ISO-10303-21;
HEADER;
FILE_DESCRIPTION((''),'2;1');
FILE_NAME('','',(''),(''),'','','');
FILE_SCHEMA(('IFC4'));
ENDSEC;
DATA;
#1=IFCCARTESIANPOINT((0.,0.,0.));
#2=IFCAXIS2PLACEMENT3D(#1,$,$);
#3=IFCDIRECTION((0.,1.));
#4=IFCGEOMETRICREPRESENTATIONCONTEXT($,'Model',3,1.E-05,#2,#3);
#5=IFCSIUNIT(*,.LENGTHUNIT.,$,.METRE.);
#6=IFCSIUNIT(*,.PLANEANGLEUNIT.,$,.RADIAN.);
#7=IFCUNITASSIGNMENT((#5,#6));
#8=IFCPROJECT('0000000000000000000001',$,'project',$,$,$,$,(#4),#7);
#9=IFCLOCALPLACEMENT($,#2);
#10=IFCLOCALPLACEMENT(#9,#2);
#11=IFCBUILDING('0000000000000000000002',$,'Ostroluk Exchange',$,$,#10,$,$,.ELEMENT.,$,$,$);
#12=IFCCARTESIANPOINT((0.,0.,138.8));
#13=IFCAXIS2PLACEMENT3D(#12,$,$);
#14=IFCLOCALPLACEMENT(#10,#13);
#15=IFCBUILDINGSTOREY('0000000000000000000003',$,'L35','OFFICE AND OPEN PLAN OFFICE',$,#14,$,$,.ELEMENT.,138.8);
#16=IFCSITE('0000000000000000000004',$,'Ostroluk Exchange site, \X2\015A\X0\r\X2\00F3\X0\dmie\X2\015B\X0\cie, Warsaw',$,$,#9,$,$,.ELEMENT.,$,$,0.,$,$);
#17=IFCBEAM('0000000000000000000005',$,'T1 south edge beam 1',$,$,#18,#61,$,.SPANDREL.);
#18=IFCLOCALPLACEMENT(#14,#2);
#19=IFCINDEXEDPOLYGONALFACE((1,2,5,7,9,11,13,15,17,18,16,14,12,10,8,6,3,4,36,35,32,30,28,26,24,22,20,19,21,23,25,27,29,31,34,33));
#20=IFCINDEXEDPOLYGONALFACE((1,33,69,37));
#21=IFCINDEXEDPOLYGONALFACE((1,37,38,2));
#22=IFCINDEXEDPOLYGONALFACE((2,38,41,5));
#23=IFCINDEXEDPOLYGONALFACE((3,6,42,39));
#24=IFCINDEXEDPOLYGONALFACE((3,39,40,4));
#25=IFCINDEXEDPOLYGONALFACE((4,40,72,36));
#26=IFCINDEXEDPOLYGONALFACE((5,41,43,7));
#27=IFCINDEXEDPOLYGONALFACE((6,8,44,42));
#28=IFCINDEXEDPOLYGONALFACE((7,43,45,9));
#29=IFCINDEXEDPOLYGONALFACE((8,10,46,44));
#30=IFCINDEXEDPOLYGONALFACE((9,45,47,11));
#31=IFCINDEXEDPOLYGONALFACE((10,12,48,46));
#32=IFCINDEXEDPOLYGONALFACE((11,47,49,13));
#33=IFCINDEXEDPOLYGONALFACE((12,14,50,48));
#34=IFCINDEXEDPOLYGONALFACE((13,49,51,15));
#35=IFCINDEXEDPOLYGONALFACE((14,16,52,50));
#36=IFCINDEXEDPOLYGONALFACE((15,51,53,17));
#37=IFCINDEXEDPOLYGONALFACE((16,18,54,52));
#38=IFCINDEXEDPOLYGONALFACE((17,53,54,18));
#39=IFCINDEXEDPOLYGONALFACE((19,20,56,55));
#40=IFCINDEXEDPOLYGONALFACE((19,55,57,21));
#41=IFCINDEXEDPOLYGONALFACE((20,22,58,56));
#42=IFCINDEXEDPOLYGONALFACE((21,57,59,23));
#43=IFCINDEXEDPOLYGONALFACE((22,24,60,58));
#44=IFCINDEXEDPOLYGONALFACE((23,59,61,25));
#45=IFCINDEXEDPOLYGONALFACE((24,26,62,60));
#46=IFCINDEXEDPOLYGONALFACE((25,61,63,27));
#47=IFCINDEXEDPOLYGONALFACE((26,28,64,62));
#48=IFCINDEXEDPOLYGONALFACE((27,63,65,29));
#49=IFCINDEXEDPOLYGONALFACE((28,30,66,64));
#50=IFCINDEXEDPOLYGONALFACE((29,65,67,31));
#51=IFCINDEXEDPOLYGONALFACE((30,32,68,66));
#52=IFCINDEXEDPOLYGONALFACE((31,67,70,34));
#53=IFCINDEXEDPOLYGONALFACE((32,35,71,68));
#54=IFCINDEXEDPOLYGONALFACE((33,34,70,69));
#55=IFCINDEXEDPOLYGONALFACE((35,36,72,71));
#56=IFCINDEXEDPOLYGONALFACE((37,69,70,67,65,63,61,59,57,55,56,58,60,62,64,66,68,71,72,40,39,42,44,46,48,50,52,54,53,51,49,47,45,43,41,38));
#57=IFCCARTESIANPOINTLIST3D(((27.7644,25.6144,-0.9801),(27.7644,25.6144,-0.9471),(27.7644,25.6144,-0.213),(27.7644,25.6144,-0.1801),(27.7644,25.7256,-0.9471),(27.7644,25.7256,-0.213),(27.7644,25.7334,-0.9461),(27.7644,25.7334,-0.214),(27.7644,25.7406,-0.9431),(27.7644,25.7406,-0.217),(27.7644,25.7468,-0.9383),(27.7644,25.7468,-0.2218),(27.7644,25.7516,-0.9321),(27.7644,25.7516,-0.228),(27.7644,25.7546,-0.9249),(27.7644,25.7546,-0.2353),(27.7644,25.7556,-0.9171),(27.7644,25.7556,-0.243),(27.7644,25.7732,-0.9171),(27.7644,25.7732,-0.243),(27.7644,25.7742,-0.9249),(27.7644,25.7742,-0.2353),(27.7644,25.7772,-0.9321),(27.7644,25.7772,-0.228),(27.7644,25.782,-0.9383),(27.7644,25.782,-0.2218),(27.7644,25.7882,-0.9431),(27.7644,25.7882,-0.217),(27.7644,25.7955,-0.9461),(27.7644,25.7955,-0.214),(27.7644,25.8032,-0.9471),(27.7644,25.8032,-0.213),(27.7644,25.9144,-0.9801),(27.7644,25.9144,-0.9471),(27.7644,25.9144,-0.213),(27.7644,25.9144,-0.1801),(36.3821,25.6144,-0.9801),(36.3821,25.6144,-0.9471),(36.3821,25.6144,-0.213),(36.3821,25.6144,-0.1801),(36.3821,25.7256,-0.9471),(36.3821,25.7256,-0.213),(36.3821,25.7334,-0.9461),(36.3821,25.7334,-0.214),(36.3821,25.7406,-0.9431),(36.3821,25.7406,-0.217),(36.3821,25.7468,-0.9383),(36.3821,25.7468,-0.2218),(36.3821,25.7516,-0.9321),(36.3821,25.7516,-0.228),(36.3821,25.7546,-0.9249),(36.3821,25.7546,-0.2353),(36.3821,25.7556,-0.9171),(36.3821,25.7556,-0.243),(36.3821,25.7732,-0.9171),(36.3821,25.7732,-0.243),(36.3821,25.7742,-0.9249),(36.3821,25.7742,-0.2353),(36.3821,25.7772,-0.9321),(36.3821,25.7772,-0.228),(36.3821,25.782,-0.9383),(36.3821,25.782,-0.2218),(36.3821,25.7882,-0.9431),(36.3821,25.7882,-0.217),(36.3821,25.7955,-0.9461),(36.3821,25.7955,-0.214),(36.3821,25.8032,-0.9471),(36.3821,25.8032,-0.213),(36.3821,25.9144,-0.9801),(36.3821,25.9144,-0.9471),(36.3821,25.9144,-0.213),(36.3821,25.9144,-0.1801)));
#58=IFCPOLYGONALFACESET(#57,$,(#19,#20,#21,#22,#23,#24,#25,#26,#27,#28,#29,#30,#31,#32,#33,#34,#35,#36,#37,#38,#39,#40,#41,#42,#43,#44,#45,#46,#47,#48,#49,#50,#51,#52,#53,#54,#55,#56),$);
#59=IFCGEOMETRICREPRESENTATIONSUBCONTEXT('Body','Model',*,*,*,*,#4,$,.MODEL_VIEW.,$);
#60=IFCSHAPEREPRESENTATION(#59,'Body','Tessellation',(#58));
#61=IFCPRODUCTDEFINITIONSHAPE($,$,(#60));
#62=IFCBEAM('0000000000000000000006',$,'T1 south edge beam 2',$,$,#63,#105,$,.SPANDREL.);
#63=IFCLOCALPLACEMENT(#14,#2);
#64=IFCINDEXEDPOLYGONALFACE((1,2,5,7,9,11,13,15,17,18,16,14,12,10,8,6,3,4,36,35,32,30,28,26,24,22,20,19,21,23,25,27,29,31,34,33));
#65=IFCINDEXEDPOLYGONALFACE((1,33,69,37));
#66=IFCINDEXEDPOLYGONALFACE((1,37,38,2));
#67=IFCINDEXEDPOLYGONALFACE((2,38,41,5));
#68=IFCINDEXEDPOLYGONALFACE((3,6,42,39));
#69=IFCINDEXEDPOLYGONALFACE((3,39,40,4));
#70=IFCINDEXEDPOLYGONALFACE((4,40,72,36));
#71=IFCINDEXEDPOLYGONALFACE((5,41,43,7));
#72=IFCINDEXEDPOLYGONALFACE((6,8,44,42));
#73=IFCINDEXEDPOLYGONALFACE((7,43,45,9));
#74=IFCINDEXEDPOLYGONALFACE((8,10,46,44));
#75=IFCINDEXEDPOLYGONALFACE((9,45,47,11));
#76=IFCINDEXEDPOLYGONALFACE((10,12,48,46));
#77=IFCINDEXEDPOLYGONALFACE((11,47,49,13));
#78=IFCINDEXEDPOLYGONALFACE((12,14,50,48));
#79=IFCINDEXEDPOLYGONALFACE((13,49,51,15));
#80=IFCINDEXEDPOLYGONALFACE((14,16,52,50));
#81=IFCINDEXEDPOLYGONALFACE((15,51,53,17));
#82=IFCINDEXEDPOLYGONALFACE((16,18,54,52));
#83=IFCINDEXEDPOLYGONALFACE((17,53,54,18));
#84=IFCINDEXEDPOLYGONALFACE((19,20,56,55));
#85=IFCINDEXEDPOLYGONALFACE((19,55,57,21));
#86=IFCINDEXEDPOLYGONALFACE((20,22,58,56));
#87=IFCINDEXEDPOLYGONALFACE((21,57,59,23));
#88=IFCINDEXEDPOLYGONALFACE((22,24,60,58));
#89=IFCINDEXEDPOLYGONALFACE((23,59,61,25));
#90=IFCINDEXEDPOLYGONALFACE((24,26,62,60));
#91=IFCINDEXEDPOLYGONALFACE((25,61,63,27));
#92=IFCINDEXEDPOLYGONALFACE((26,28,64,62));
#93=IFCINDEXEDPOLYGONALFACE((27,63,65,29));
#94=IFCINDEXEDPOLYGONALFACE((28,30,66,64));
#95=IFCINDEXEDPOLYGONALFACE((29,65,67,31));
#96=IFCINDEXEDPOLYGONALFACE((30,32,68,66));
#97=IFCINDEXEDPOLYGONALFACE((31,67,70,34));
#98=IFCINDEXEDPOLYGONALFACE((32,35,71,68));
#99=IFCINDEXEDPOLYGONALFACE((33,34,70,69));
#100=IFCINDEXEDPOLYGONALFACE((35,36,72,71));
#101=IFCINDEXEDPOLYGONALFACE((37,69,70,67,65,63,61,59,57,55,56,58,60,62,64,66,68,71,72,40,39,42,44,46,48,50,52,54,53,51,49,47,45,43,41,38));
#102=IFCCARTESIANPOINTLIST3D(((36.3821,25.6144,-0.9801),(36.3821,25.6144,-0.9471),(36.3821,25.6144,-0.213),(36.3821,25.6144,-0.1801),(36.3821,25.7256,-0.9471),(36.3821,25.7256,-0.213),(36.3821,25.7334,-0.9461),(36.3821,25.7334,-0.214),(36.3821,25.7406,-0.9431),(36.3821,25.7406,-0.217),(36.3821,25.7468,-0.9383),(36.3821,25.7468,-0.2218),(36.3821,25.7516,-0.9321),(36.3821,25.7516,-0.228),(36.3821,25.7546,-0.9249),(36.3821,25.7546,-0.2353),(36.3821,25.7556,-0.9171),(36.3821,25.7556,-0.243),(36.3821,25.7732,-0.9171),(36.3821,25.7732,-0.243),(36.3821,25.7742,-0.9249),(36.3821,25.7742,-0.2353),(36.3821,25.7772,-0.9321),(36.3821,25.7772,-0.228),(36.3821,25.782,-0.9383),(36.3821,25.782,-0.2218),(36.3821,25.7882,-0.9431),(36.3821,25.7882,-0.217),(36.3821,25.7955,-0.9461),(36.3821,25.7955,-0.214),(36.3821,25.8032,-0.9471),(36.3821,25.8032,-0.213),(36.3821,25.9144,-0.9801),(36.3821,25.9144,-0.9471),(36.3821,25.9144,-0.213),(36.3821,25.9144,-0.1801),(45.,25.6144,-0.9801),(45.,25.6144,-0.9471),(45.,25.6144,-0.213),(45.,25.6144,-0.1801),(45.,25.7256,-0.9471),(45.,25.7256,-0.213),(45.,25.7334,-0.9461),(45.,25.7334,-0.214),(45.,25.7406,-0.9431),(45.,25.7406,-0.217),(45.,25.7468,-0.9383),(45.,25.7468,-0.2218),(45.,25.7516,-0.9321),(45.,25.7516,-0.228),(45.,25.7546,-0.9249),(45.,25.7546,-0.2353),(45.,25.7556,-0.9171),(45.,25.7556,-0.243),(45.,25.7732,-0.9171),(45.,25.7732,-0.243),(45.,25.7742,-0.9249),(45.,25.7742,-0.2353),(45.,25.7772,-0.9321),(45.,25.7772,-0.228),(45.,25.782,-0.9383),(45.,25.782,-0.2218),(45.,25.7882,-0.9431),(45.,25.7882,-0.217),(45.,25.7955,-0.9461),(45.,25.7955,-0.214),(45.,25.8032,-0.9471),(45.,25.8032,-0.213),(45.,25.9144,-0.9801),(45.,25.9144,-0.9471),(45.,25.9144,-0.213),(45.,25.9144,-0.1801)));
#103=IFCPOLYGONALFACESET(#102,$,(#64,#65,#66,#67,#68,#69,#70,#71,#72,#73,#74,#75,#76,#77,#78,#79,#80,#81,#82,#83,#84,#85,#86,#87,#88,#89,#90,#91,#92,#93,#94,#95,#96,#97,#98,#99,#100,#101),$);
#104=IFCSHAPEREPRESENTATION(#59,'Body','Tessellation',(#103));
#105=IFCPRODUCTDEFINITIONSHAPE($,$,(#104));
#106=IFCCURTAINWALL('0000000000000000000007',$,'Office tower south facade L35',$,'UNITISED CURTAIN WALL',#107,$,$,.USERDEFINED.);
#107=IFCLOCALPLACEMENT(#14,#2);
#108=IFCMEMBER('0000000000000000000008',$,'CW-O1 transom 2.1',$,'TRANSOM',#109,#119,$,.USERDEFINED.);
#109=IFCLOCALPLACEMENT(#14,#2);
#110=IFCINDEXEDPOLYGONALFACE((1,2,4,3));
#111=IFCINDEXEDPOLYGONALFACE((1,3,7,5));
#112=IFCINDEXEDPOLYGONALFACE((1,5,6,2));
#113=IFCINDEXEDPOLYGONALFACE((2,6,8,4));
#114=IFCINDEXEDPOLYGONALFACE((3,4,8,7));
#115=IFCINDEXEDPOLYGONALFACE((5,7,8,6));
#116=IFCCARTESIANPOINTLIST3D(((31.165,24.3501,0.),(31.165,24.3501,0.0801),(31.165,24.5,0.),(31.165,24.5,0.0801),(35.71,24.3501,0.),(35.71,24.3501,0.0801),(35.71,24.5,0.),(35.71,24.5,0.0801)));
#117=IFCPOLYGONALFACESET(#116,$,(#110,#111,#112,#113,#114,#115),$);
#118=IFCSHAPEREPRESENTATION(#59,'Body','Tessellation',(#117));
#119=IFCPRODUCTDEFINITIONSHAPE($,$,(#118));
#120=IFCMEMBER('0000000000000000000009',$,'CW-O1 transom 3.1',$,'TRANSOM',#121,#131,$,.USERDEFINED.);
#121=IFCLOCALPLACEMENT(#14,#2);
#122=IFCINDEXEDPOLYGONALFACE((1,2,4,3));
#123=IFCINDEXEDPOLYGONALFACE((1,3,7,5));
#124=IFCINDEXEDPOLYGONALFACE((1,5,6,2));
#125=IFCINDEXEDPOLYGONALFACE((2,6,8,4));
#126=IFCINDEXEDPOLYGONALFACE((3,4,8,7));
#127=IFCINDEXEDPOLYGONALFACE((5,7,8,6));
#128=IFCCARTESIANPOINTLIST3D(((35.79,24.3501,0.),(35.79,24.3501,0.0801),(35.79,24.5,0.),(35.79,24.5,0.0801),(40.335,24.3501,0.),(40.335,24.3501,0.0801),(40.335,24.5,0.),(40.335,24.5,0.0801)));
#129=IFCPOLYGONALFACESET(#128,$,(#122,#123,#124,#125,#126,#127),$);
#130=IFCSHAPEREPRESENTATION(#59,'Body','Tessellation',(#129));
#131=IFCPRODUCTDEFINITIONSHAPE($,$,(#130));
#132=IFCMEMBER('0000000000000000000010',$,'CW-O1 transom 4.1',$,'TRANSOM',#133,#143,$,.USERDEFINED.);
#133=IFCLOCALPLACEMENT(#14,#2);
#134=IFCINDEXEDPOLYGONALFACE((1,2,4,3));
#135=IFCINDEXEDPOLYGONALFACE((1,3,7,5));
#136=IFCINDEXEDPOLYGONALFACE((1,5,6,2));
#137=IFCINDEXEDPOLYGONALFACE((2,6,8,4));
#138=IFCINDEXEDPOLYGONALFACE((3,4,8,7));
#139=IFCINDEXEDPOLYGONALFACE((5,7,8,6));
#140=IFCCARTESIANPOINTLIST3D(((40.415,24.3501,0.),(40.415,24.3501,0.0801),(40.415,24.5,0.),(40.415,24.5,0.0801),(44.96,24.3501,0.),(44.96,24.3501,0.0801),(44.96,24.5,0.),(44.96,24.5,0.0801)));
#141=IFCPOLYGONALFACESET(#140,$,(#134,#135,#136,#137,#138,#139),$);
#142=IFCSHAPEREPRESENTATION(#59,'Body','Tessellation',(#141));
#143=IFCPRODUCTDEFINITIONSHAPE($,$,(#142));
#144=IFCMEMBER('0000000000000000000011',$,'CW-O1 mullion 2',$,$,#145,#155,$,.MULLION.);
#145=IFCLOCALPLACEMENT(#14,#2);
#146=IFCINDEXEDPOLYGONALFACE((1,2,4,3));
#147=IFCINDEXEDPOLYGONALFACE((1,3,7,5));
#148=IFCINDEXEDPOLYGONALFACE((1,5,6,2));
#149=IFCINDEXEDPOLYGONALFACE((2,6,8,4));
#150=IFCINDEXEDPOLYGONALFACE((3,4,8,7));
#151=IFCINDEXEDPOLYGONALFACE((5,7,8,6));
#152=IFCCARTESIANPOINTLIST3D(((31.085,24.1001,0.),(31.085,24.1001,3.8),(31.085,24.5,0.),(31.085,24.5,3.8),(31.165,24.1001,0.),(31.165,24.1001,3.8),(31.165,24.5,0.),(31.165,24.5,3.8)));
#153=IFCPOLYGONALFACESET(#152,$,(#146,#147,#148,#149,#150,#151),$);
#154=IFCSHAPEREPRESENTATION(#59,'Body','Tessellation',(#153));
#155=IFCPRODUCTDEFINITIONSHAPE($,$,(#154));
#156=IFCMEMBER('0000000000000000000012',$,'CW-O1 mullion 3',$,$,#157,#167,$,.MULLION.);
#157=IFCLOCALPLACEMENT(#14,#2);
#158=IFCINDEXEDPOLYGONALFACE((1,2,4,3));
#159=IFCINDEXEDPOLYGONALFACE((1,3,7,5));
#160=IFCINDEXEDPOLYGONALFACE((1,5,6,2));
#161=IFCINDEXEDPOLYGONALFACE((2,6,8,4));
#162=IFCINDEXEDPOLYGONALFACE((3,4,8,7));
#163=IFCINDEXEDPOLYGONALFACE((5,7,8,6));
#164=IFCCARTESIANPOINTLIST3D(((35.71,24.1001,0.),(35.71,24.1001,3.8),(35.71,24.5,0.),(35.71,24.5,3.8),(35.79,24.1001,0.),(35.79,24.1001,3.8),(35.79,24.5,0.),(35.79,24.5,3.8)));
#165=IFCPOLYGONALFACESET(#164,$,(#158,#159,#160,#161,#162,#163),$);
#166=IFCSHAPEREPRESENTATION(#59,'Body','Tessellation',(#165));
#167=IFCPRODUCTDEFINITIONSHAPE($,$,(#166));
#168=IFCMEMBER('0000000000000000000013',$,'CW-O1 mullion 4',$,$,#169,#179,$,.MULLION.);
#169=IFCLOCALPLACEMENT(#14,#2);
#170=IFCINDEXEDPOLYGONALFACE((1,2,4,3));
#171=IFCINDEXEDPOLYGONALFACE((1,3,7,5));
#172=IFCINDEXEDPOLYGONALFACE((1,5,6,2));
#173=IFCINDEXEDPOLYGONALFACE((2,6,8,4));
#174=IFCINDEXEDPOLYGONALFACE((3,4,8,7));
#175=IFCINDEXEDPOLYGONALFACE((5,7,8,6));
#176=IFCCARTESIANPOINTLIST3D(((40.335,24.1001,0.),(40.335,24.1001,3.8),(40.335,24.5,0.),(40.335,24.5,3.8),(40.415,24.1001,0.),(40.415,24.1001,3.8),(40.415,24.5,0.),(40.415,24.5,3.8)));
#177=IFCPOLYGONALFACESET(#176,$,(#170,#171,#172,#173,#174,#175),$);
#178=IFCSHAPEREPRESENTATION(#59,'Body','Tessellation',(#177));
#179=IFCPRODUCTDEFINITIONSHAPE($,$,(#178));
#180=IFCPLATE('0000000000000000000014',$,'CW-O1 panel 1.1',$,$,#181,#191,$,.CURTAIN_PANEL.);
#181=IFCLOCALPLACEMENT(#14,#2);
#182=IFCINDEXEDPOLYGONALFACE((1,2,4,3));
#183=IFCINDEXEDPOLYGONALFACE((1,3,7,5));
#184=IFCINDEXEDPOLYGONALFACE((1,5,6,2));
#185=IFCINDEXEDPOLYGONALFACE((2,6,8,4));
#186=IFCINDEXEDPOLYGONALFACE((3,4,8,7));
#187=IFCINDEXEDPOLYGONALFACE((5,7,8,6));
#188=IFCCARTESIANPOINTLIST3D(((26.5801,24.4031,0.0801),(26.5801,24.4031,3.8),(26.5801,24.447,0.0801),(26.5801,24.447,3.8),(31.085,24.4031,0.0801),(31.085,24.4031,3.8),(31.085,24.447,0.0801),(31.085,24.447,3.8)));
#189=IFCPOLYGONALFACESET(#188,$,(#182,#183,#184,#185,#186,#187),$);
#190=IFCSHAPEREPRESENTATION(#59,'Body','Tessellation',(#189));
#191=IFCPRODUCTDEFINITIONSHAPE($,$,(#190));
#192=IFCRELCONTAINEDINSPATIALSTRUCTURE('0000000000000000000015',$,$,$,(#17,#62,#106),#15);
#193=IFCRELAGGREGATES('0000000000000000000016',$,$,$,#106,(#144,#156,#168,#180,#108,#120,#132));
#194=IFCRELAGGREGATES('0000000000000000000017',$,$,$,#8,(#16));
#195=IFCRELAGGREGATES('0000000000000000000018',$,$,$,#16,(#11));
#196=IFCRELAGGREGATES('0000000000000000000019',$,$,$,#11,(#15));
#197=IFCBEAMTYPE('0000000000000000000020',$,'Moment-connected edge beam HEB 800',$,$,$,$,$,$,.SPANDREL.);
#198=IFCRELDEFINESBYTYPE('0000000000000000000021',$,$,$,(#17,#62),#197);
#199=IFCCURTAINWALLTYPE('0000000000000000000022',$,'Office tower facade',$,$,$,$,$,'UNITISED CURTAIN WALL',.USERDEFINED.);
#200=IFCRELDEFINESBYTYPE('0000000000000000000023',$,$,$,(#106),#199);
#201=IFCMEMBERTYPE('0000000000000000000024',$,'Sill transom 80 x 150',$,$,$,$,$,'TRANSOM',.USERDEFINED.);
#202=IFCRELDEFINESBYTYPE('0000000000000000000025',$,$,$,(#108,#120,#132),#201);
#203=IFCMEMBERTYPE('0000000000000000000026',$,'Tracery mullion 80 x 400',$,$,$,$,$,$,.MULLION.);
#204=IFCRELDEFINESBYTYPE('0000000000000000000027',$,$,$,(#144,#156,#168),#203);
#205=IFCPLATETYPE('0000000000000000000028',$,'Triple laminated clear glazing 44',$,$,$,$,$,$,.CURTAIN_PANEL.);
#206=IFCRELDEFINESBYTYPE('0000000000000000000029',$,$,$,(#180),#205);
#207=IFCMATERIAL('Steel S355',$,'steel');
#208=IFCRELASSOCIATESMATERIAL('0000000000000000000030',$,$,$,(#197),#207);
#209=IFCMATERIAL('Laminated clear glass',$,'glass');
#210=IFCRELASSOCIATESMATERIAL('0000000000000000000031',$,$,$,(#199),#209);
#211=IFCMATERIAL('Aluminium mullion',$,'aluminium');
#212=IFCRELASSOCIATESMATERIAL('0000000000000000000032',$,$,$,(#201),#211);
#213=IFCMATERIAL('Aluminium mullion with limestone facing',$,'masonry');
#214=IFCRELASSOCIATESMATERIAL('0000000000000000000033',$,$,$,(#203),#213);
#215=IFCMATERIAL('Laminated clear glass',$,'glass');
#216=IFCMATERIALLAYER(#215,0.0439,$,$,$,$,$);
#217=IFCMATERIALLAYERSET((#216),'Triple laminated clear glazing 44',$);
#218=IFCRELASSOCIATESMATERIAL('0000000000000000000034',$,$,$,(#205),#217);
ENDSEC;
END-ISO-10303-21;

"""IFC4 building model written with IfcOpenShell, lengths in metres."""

from ifc_helpers import new_model, si_unit, direction, frame, origin, origin_2d, place, context, subcontext, project, spatial, rectangle, i_section, extrude, material, layer, layer_set, material_profile, profile_set, type_object, element, aggregate, save


model = new_model("IFC4")

# Units and contexts
model_context = context("Model", 3, precision=1e-05, world=origin(), true_north=direction((0.0, 1.0)))
body_context = subcontext(model_context, "Body", "Model", "MODEL_VIEW")
ifc_project = project(units=[si_unit("LENGTHUNIT", "METRE"), si_unit("PLANEANGLEUNIT", "RADIAN")], contexts=[model_context])

# Site, building, storey
site_placement = place(None, origin())
site = spatial("IfcSite", under=ifc_project, at=site_placement, Name="Ostroluk Exchange site, Śródmieście, Warsaw", CompositionType="ELEMENT", RefElevation=0.0)
building_placement = place(site_placement, origin())
building = spatial("IfcBuilding", under=site, at=building_placement, Name="Ostroluk Exchange", CompositionType="ELEMENT")
storey_placement = place(building_placement, frame((0.0, 0.0, 138.8)))
storey = spatial("IfcBuildingStorey", under=building, at=storey_placement, Name="L35", Description="OFFICE AND OPEN PLAN OFFICE", CompositionType="ELEMENT", Elevation=138.8)

# Beams
ifc_material_1 = material(Name="Steel S355", Category="steel")
ifc_material_profile_1 = material_profile(ifc_material_1, i_section(OverallWidth=0.3, OverallDepth=0.8, WebThickness=0.0176, FlangeThickness=0.033, FilletRadius=0.03, at=origin_2d()), Name="HEB 800")
ifc_profile_set_1 = profile_set([ifc_material_profile_1], Name="Steel S355")
beam_type_1 = type_object("IfcBeamType", Name="Moment-connected edge beam HEB 800", PredefinedType="SPANDREL", material=ifc_profile_set_1)
beam_1_placement = place(storey_placement, frame((27.7644, 25.7644, -0.5801), z_axis=(1.0, 0.0, 0.0), x_axis=(0.0, 1.0, 0.0)))
element("IfcBeam", 1, at=beam_1_placement, inside=storey, type_object=beam_type_1, Name="T1 south edge beam 1", PredefinedType="SPANDREL", context=body_context, shape_type="SweptSolid", body=[
    extrude(i_section(OverallWidth=0.3, OverallDepth=0.8, WebThickness=0.0176, FlangeThickness=0.033, FilletRadius=0.03, at=origin_2d()), origin(), (0.0, 0.0, 1.0), 8.6177),
])
beam_2_placement = place(storey_placement, frame((36.3821, 25.7644, -0.5801), z_axis=(1.0, 0.0, 0.0), x_axis=(0.0, 1.0, 0.0)))
element("IfcBeam", 2, at=beam_2_placement, inside=storey, type_object=beam_type_1, Name="T1 south edge beam 2", PredefinedType="SPANDREL", context=body_context, shape_type="SweptSolid", body=[
    extrude(i_section(OverallWidth=0.3, OverallDepth=0.8, WebThickness=0.0176, FlangeThickness=0.033, FilletRadius=0.03, at=origin_2d()), origin(), (0.0, 0.0, 1.0), 8.6179),
])

# Curtain wall, members, plate
ifc_material_2 = material(Name="Laminated clear glass", Category="glass")
curtain_wall_type = type_object("IfcCurtainWallType", Name="Office tower facade", ElementType="UNITISED CURTAIN WALL", PredefinedType="USERDEFINED", material=ifc_material_2)
curtain_wall_placement = place(storey_placement, origin())
curtain_wall = element("IfcCurtainWall", 3, at=curtain_wall_placement, inside=storey, type_object=curtain_wall_type, Name="Office tower south facade L35", ObjectType="UNITISED CURTAIN WALL", PredefinedType="USERDEFINED")
ifc_material_3 = material(Name="Aluminium mullion", Category="aluminium")
ifc_material_profile_2 = material_profile(ifc_material_3, rectangle(XDim=0.1499, YDim=0.0801, at=origin_2d()), Name="Sill transom 80 x 150")
ifc_profile_set_2 = profile_set([ifc_material_profile_2], Name="Aluminium mullion")
member_type_1 = type_object("IfcMemberType", Name="Sill transom 80 x 150", ElementType="TRANSOM", PredefinedType="USERDEFINED", material=ifc_profile_set_2)
member_1_placement = place(storey_placement, frame((31.165, 24.425, 0.04), z_axis=(1.0, 0.0, 0.0), x_axis=(0.0, 1.0, 0.0)))
member_1 = element("IfcMember", 4, at=member_1_placement, type_object=member_type_1, Name="CW-O1 transom 2.1", ObjectType="TRANSOM", PredefinedType="USERDEFINED", context=body_context, shape_type="SweptSolid", body=[
    extrude(rectangle(XDim=0.1499, YDim=0.0801, at=origin_2d()), origin(), (0.0, 0.0, 1.0), 4.5449),
])
member_2_placement = place(storey_placement, frame((35.79, 24.425, 0.04), z_axis=(1.0, 0.0, 0.0), x_axis=(0.0, 1.0, 0.0)))
member_2 = element("IfcMember", 5, at=member_2_placement, type_object=member_type_1, Name="CW-O1 transom 3.1", ObjectType="TRANSOM", PredefinedType="USERDEFINED", context=body_context, shape_type="SweptSolid", body=[
    extrude(rectangle(XDim=0.1499, YDim=0.0801, at=origin_2d()), origin(), (0.0, 0.0, 1.0), 4.5449),
])
member_3_placement = place(storey_placement, frame((40.415, 24.425, 0.04), z_axis=(1.0, 0.0, 0.0), x_axis=(0.0, 1.0, 0.0)))
member_3 = element("IfcMember", 6, at=member_3_placement, type_object=member_type_1, Name="CW-O1 transom 4.1", ObjectType="TRANSOM", PredefinedType="USERDEFINED", context=body_context, shape_type="SweptSolid", body=[
    extrude(rectangle(XDim=0.1499, YDim=0.0801, at=origin_2d()), origin(), (0.0, 0.0, 1.0), 4.5449),
])
ifc_material_4 = material(Name="Aluminium mullion with limestone facing", Category="masonry")
ifc_material_profile_3 = material_profile(ifc_material_4, rectangle(XDim=0.3999, YDim=0.0801, at=origin_2d()), Name="Tracery mullion 80 x 400")
ifc_profile_set_3 = profile_set([ifc_material_profile_3], Name="Aluminium mullion with limestone facing")
member_type_2 = type_object("IfcMemberType", Name="Tracery mullion 80 x 400", PredefinedType="MULLION", material=ifc_profile_set_3)
member_4_placement = place(storey_placement, frame((31.125, 24.3, 0.0), z_axis=(0.0, 0.0, 1.0), x_axis=(0.0, 1.0, 0.0)))
member_4 = element("IfcMember", 7, at=member_4_placement, type_object=member_type_2, Name="CW-O1 mullion 2", PredefinedType="MULLION", context=body_context, shape_type="SweptSolid", body=[
    extrude(rectangle(XDim=0.3999, YDim=0.0801, at=origin_2d()), origin(), (0.0, 0.0, 1.0), 3.8),
])
member_5_placement = place(storey_placement, frame((35.75, 24.3, 0.0), z_axis=(0.0, 0.0, 1.0), x_axis=(0.0, 1.0, 0.0)))
member_5 = element("IfcMember", 8, at=member_5_placement, type_object=member_type_2, Name="CW-O1 mullion 3", PredefinedType="MULLION", context=body_context, shape_type="SweptSolid", body=[
    extrude(rectangle(XDim=0.3999, YDim=0.0801, at=origin_2d()), origin(), (0.0, 0.0, 1.0), 3.8),
])
member_6_placement = place(storey_placement, frame((40.375, 24.3, 0.0), z_axis=(0.0, 0.0, 1.0), x_axis=(0.0, 1.0, 0.0)))
member_6 = element("IfcMember", 9, at=member_6_placement, type_object=member_type_2, Name="CW-O1 mullion 4", PredefinedType="MULLION", context=body_context, shape_type="SweptSolid", body=[
    extrude(rectangle(XDim=0.3999, YDim=0.0801, at=origin_2d()), origin(), (0.0, 0.0, 1.0), 3.8),
])
ifc_material_5 = material(Name="Laminated clear glass", Category="glass")
ifc_layer_1 = layer(ifc_material_5, 0.0439)
ifc_layer_set_1 = layer_set([ifc_layer_1], Name="Triple laminated clear glazing 44")
plate_type = type_object("IfcPlateType", Name="Triple laminated clear glazing 44", PredefinedType="CURTAIN_PANEL", material=ifc_layer_set_1)
plate_1_placement = place(storey_placement, frame((28.8325, 24.425, 0.0801), z_axis=(0.0, 0.0, 1.0), x_axis=(1.0, 0.0, 0.0)))
plate_1 = element("IfcPlate", 10, at=plate_1_placement, type_object=plate_type, Name="CW-O1 panel 1.1", PredefinedType="CURTAIN_PANEL", context=body_context, shape_type="SweptSolid", body=[
    extrude(rectangle(XDim=4.5049, YDim=0.0439, at=origin_2d()), origin(), (0.0, 0.0, 1.0), 3.72),
])
aggregate(curtain_wall, [member_4, member_5, member_6, plate_1, member_1, member_2, member_3])

save(model, "model.ifc")
